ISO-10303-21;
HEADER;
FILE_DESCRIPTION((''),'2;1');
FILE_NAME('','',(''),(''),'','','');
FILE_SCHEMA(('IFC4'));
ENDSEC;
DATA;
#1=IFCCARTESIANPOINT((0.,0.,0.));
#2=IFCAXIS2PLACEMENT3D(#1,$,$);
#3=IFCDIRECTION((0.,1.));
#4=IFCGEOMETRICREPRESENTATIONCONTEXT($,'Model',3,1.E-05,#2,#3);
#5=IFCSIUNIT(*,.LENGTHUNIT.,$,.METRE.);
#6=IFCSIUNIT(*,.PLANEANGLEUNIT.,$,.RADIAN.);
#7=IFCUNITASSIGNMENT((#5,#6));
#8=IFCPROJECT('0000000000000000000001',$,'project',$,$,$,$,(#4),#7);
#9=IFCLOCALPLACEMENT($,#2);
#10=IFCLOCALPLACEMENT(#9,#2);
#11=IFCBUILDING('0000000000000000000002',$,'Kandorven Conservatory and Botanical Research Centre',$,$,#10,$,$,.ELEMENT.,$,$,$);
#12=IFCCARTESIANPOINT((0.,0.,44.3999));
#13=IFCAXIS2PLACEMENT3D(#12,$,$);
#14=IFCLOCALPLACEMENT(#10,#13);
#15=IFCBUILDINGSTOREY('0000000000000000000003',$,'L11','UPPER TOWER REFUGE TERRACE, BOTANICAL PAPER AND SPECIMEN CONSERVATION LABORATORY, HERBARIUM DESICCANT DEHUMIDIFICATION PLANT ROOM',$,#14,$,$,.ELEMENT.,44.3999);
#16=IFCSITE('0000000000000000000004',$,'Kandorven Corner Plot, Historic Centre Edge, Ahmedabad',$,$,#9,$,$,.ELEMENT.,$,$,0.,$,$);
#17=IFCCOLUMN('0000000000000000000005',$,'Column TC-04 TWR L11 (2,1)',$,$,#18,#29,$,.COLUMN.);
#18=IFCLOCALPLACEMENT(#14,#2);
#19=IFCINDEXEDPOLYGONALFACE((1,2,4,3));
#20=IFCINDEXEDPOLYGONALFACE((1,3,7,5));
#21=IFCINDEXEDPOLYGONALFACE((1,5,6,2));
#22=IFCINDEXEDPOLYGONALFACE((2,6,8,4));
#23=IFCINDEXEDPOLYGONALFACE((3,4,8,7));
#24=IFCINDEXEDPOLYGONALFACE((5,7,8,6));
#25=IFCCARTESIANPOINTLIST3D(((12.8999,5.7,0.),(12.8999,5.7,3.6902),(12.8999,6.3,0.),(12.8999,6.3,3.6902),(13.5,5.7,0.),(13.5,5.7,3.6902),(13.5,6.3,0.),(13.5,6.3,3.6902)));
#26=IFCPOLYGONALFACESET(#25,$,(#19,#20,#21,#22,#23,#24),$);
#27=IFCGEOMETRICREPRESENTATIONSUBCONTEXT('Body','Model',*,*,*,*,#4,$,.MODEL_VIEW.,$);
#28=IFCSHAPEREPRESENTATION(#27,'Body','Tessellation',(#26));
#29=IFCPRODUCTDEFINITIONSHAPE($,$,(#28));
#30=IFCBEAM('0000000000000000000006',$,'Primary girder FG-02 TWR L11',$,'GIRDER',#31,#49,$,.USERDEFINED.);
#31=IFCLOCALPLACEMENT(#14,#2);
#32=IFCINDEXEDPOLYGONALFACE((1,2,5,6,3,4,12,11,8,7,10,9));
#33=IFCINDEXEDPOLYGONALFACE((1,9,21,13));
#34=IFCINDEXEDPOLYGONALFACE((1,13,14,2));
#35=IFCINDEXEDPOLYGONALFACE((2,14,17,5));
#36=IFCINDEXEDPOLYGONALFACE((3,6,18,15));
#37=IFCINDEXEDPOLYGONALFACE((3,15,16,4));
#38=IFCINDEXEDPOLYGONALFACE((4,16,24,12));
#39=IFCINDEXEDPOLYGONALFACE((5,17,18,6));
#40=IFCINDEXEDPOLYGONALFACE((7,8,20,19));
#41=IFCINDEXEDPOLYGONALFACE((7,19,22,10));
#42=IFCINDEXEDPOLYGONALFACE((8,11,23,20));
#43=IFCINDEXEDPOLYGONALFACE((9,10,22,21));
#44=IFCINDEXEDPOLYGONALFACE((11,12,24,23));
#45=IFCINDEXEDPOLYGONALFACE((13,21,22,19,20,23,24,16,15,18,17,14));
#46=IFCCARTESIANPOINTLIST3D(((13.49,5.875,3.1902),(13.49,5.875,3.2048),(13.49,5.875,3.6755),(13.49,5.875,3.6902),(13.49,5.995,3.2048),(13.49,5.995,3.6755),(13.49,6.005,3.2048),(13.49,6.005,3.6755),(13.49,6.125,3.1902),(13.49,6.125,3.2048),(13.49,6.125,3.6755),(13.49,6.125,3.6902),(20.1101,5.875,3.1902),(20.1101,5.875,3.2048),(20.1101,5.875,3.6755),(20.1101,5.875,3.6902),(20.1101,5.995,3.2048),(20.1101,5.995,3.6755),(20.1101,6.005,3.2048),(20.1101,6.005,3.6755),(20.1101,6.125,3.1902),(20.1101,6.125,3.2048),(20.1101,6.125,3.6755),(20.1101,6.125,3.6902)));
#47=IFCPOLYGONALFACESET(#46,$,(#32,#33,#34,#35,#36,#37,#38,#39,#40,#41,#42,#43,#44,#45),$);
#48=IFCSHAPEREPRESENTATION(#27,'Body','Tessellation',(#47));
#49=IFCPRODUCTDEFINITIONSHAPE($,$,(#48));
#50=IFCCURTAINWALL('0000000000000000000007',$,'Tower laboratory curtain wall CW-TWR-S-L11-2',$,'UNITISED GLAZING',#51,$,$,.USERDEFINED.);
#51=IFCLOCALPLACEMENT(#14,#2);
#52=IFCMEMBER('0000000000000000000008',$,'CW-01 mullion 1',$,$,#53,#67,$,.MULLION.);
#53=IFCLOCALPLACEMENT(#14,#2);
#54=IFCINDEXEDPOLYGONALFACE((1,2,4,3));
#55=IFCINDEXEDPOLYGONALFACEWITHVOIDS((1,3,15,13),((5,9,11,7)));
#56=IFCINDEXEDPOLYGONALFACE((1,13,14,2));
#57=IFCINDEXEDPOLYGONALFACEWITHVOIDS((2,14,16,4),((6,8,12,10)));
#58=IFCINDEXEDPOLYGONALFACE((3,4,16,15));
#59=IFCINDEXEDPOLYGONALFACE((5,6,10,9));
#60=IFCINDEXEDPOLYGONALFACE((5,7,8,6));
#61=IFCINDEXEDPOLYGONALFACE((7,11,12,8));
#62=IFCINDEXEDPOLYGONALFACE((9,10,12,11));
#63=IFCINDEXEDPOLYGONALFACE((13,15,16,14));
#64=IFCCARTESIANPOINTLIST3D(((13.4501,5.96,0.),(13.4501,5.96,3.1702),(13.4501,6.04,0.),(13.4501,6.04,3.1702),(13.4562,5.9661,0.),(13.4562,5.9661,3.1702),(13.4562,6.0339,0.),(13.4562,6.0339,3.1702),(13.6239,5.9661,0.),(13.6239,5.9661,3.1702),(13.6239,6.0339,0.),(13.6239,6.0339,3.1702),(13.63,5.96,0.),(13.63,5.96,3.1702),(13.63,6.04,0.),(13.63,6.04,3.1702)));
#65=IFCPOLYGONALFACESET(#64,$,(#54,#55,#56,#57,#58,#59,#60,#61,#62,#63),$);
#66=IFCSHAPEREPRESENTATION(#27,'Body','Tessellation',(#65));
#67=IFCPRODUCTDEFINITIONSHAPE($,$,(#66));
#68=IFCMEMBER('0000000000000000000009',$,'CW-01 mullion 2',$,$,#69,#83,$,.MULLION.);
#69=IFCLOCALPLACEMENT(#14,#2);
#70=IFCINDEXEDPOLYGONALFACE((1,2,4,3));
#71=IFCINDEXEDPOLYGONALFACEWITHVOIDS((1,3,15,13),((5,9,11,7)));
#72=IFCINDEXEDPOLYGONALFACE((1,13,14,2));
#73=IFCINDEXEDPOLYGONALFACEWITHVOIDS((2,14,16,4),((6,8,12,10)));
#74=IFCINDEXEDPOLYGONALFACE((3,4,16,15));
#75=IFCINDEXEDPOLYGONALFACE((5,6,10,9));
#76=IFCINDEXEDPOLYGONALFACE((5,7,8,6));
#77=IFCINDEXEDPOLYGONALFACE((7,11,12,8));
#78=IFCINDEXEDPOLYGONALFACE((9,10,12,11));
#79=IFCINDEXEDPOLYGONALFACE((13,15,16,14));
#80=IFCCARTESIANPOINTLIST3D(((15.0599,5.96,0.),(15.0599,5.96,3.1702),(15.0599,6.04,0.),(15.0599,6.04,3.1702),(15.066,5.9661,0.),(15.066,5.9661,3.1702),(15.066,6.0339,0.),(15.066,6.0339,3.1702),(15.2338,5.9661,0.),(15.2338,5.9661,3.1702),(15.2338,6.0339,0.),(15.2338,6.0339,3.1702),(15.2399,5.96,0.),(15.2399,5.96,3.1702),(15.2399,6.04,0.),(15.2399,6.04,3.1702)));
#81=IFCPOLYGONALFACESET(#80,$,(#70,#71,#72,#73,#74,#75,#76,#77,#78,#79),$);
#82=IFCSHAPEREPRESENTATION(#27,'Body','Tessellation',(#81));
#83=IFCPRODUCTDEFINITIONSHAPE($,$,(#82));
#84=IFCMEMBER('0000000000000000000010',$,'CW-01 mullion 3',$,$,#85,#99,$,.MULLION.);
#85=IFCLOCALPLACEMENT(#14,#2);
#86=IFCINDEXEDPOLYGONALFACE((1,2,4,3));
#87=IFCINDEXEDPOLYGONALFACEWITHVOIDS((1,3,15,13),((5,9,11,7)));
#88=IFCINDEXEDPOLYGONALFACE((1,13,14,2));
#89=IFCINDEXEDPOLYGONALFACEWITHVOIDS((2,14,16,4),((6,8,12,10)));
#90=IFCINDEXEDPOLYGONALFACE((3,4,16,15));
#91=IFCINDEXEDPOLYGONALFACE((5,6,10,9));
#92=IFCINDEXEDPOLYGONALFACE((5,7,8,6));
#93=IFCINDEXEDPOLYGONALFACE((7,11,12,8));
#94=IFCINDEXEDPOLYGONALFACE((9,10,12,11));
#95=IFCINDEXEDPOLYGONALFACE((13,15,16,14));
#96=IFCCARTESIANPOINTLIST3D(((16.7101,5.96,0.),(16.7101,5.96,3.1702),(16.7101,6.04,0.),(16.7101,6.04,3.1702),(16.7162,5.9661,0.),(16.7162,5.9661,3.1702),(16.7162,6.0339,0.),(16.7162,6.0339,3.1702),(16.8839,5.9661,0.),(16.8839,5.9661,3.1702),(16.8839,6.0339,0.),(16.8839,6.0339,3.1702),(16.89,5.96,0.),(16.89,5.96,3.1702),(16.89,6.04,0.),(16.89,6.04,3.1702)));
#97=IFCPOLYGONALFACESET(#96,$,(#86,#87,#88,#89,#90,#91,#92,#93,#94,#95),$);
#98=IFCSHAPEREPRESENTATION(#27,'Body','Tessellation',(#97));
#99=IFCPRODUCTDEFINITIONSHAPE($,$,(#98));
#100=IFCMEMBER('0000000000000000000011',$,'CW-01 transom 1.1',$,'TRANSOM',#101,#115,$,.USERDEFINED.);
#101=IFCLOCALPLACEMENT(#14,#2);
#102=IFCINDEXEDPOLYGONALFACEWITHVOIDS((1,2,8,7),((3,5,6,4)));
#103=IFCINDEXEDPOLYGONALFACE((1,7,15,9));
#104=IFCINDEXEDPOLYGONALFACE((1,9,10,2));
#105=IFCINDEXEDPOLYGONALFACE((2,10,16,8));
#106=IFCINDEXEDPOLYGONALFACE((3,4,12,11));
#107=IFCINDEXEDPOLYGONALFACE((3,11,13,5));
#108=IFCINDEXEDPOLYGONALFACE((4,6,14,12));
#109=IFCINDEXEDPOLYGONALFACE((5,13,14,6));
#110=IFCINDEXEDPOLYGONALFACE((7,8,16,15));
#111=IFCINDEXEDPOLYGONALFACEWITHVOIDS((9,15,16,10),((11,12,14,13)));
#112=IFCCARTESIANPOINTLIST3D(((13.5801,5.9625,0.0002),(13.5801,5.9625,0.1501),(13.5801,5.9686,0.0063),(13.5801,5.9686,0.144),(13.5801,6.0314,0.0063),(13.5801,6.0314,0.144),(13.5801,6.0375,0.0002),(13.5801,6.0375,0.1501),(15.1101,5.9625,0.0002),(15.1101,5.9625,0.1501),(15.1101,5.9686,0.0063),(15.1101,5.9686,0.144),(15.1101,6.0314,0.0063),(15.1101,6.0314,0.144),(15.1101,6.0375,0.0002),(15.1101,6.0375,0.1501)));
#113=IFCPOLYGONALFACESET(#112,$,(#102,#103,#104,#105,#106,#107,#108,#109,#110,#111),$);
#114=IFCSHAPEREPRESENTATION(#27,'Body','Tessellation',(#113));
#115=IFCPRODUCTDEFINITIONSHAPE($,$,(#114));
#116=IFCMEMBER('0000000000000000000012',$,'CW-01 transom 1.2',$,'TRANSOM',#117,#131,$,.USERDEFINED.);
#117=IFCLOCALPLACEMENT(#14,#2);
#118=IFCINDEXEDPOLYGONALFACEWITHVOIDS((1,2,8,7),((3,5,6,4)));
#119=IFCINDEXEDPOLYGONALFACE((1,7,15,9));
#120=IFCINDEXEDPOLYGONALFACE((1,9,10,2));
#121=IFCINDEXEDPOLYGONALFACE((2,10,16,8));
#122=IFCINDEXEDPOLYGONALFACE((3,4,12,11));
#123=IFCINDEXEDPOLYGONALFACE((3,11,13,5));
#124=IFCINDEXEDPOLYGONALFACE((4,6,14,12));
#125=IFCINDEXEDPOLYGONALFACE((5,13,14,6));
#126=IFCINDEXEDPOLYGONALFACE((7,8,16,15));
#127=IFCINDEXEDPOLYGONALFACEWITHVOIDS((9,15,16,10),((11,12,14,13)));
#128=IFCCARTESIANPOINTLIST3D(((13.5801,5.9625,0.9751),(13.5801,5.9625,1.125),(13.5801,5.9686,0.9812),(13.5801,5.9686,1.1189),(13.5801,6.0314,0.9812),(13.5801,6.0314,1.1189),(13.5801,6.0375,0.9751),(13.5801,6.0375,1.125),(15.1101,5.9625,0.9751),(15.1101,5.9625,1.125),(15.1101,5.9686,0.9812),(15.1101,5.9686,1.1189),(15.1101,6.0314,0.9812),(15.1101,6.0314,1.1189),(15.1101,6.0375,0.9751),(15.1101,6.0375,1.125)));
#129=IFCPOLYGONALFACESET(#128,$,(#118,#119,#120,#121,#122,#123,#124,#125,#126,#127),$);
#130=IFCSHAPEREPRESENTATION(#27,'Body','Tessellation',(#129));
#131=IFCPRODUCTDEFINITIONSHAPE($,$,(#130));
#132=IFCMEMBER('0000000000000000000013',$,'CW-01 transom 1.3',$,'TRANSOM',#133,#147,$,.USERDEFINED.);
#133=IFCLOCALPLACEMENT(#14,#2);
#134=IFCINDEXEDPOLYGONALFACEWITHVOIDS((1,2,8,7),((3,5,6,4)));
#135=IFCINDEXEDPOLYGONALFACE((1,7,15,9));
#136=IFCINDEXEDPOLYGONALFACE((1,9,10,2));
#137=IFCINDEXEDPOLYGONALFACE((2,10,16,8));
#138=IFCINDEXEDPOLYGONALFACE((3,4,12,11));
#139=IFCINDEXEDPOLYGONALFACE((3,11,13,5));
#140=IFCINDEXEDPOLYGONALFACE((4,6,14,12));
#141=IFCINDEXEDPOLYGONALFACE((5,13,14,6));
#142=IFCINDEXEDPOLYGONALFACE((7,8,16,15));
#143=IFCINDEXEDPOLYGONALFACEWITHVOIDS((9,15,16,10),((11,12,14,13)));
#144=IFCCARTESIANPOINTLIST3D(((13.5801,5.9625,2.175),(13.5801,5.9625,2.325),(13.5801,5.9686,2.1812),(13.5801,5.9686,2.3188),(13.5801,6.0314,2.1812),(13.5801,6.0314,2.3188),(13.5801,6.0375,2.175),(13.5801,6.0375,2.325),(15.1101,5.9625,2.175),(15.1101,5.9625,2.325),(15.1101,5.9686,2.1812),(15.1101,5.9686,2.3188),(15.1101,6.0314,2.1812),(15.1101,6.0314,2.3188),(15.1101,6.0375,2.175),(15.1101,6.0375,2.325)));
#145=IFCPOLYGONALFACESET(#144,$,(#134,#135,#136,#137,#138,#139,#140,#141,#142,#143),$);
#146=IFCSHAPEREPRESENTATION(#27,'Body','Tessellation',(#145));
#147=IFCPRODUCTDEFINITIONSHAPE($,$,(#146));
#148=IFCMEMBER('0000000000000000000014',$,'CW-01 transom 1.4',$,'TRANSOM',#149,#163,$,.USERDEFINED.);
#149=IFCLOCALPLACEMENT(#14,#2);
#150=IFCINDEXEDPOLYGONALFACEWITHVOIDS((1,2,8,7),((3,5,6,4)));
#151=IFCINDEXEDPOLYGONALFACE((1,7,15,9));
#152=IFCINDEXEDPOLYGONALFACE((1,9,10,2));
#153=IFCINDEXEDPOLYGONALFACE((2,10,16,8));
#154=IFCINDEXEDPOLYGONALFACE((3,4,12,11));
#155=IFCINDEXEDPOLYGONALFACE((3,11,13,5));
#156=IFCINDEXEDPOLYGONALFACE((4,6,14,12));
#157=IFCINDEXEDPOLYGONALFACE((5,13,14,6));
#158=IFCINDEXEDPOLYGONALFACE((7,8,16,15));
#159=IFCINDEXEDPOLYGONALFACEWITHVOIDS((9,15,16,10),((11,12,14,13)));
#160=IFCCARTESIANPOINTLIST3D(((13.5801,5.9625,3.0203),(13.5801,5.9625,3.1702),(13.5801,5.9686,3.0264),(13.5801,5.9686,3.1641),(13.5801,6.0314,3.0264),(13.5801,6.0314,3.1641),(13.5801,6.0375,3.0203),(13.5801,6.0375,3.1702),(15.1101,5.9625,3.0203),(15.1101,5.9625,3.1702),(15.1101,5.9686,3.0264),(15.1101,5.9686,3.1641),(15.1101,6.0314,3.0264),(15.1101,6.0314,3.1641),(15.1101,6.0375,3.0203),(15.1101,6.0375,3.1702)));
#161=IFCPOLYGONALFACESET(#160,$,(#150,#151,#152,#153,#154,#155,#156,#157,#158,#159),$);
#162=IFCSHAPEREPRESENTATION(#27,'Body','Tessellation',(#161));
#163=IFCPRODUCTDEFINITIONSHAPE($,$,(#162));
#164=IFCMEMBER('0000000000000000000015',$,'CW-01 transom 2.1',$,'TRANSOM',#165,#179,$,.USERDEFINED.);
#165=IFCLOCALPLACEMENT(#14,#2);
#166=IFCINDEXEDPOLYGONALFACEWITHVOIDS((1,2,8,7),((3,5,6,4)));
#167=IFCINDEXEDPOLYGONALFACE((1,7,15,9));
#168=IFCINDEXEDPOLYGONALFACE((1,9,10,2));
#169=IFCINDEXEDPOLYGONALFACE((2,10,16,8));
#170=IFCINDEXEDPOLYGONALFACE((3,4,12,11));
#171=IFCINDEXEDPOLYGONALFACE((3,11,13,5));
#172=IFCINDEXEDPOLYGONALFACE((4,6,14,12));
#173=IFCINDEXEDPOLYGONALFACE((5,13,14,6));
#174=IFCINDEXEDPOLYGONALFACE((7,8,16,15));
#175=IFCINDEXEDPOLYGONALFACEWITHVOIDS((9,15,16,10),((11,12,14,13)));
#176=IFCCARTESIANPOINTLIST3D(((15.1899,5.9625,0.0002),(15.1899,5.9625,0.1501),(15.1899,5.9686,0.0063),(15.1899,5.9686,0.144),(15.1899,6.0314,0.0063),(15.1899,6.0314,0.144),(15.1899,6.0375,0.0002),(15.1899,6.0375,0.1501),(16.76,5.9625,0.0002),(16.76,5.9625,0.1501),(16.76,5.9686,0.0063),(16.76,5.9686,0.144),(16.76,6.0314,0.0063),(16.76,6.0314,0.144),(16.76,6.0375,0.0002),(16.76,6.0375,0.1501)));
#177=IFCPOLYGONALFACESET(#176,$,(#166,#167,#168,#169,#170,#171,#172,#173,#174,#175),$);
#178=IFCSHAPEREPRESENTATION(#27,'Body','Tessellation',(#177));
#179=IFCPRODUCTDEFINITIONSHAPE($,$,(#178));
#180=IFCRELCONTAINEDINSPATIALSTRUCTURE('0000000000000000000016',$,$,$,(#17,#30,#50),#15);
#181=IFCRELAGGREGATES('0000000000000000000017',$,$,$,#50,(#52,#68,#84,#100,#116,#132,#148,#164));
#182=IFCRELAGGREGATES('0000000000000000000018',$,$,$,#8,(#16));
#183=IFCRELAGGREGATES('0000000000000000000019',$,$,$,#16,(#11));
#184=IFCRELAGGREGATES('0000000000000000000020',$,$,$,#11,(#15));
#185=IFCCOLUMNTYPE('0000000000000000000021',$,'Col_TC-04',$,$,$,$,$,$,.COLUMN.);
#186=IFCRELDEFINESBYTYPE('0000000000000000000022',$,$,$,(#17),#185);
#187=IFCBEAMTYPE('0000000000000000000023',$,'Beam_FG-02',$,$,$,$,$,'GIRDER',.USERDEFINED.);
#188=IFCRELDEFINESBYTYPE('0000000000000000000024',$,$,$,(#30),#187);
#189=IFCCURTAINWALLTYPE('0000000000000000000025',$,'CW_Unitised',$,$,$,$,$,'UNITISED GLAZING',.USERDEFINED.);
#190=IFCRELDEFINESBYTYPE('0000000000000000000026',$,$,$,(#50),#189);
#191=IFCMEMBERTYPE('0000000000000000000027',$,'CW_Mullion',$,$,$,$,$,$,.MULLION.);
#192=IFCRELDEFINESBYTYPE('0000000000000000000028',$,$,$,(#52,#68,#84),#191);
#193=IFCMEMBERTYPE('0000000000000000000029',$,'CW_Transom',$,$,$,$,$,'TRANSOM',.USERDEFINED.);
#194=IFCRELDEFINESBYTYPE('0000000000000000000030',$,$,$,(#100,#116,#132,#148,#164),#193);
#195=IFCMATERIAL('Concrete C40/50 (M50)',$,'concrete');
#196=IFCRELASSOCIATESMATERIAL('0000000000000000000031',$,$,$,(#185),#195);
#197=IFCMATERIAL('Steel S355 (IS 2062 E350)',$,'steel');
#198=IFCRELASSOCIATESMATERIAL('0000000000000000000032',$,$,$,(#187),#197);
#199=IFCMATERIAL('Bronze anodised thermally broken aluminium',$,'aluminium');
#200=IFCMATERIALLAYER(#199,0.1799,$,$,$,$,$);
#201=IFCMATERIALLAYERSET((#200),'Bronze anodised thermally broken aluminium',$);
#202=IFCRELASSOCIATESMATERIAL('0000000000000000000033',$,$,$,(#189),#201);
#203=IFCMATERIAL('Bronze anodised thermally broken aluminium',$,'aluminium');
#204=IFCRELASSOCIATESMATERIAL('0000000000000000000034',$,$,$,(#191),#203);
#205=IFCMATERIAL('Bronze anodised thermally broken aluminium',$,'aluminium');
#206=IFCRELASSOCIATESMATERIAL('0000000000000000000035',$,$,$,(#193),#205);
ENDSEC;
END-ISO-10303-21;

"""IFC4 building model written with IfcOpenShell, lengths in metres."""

from ifc_helpers import new_model, si_unit, direction, frame, origin, origin_2d, place, context, subcontext, project, spatial, rectangle, hollow_rectangle, i_section, extrude, material, layer, layer_set, material_profile, profile_set, type_object, element, aggregate, save


model = new_model("IFC4")

# Units and contexts
model_context = context("Model", 3, precision=1e-05, world=origin(), true_north=direction((0.0, 1.0)))
body_context = subcontext(model_context, "Body", "Model", "MODEL_VIEW")
ifc_project = project(units=[si_unit("LENGTHUNIT", "METRE"), si_unit("PLANEANGLEUNIT", "RADIAN")], contexts=[model_context])

# Site, building, storey
site_placement = place(None, origin())
site = spatial("IfcSite", under=ifc_project, at=site_placement, Name="Kandorven Corner Plot, Historic Centre Edge, Ahmedabad", CompositionType="ELEMENT", RefElevation=0.0)
building_placement = place(site_placement, origin())
building = spatial("IfcBuilding", under=site, at=building_placement, Name="Kandorven Conservatory and Botanical Research Centre", CompositionType="ELEMENT")
storey_placement = place(building_placement, frame((0.0, 0.0, 44.3999)))
storey = spatial("IfcBuildingStorey", under=building, at=storey_placement, Name="L11", Description="UPPER TOWER REFUGE TERRACE, BOTANICAL PAPER AND SPECIMEN CONSERVATION LABORATORY, HERBARIUM DESICCANT DEHUMIDIFICATION PLANT ROOM", CompositionType="ELEMENT", Elevation=44.3999)

# Column
ifc_material_1 = material(Name="Concrete C40/50 (M50)", Category="concrete")
ifc_material_profile_1 = material_profile(ifc_material_1, rectangle(XDim=0.6001, YDim=0.6001, at=origin_2d()))
ifc_profile_set_1 = profile_set([ifc_material_profile_1], Name="Concrete C40/50 (M50)")
column_type = type_object("IfcColumnType", Name="Col_TC-04", PredefinedType="COLUMN", material=ifc_profile_set_1)
column_placement = place(storey_placement, frame((13.2, 6.0, 0.0), z_axis=(0.0, 0.0, 1.0), x_axis=(1.0, 0.0, 0.0)))
element("IfcColumn", 1, at=column_placement, inside=storey, type_object=column_type, Name="Column TC-04 TWR L11 (2,1)", PredefinedType="COLUMN", context=body_context, shape_type="SweptSolid", body=[
    extrude(rectangle(XDim=0.6001, YDim=0.6001, at=origin_2d()), origin(), (0.0, 0.0, 1.0), 3.6902),
])

# Beam
ifc_material_2 = material(Name="Steel S355 (IS 2062 E350)", Category="steel")
ifc_material_profile_2 = material_profile(ifc_material_2, i_section(OverallWidth=0.25, OverallDepth=0.5, WebThickness=0.01, FlangeThickness=0.0146, at=origin_2d()))
ifc_profile_set_2 = profile_set([ifc_material_profile_2], Name="Steel S355 (IS 2062 E350)")
beam_type = type_object("IfcBeamType", Name="Beam_FG-02", ElementType="GIRDER", PredefinedType="USERDEFINED", material=ifc_profile_set_2)
beam_placement = place(storey_placement, frame((13.49, 6.0, 3.4402), z_axis=(1.0, 0.0, 0.0), x_axis=(0.0, 1.0, 0.0)))
element("IfcBeam", 2, at=beam_placement, inside=storey, type_object=beam_type, Name="Primary girder FG-02 TWR L11", ObjectType="GIRDER", PredefinedType="USERDEFINED", context=body_context, shape_type="SweptSolid", body=[
    extrude(i_section(OverallWidth=0.25, OverallDepth=0.5, WebThickness=0.01, FlangeThickness=0.0146, at=origin_2d()), origin(), (0.0, 0.0, 1.0), 6.6201),
])

# Curtain wall, members
ifc_material_3 = material(Name="Bronze anodised thermally broken aluminium", Category="aluminium")
ifc_layer_1 = layer(ifc_material_3, 0.1799)
ifc_layer_set_1 = layer_set([ifc_layer_1], Name="Bronze anodised thermally broken aluminium")
curtain_wall_type = type_object("IfcCurtainWallType", Name="CW_Unitised", ElementType="UNITISED GLAZING", PredefinedType="USERDEFINED", material=ifc_layer_set_1)
curtain_wall_placement = place(storey_placement, origin())
curtain_wall = element("IfcCurtainWall", 3, at=curtain_wall_placement, inside=storey, type_object=curtain_wall_type, Name="Tower laboratory curtain wall CW-TWR-S-L11-2", ObjectType="UNITISED GLAZING", PredefinedType="USERDEFINED")
ifc_material_4 = material(Name="Bronze anodised thermally broken aluminium", Category="aluminium")
ifc_material_profile_3 = material_profile(ifc_material_4, hollow_rectangle(XDim=0.0801, YDim=0.1799, WallThickness=0.0061, at=origin_2d()))
ifc_profile_set_3 = profile_set([ifc_material_profile_3], Name="Bronze anodised thermally broken aluminium")
member_type_1 = type_object("IfcMemberType", Name="CW_Mullion", PredefinedType="MULLION", material=ifc_profile_set_3)
member_1_placement = place(storey_placement, frame((13.54, 6.0, 0.0), z_axis=(0.0, 0.0, 1.0), x_axis=(0.0, 1.0, 0.0)))
member_1 = element("IfcMember", 4, at=member_1_placement, type_object=member_type_1, Name="CW-01 mullion 1", PredefinedType="MULLION", context=body_context, shape_type="SweptSolid", body=[
    extrude(hollow_rectangle(XDim=0.0801, YDim=0.1799, WallThickness=0.0061, at=origin_2d()), origin(), (0.0, 0.0, 1.0), 3.1702),
])
member_2_placement = place(storey_placement, frame((15.1499, 6.0, 0.0), z_axis=(0.0, 0.0, 1.0), x_axis=(0.0, 1.0, 0.0)))
member_2 = element("IfcMember", 5, at=member_2_placement, type_object=member_type_1, Name="CW-01 mullion 2", PredefinedType="MULLION", context=body_context, shape_type="SweptSolid", body=[
    extrude(hollow_rectangle(XDim=0.0801, YDim=0.1799, WallThickness=0.0061, at=origin_2d()), origin(), (0.0, 0.0, 1.0), 3.1702),
])
member_3_placement = place(storey_placement, frame((16.8, 6.0, 0.0), z_axis=(0.0, 0.0, 1.0), x_axis=(0.0, 1.0, 0.0)))
member_3 = element("IfcMember", 6, at=member_3_placement, type_object=member_type_1, Name="CW-01 mullion 3", PredefinedType="MULLION", context=body_context, shape_type="SweptSolid", body=[
    extrude(hollow_rectangle(XDim=0.0801, YDim=0.1799, WallThickness=0.0061, at=origin_2d()), origin(), (0.0, 0.0, 1.0), 3.1702),
])
ifc_material_5 = material(Name="Bronze anodised thermally broken aluminium", Category="aluminium")
ifc_material_profile_4 = material_profile(ifc_material_5, hollow_rectangle(XDim=0.075, YDim=0.1499, WallThickness=0.0061, at=origin_2d()))
ifc_profile_set_4 = profile_set([ifc_material_profile_4], Name="Bronze anodised thermally broken aluminium")
member_type_2 = type_object("IfcMemberType", Name="CW_Transom", ElementType="TRANSOM", PredefinedType="USERDEFINED", material=ifc_profile_set_4)
member_4_placement = place(storey_placement, frame((13.5801, 6.0, 0.0752), z_axis=(1.0, 0.0, 0.0), x_axis=(0.0, 1.0, 0.0)))
member_4 = element("IfcMember", 7, at=member_4_placement, type_object=member_type_2, Name="CW-01 transom 1.1", ObjectType="TRANSOM", PredefinedType="USERDEFINED", context=body_context, shape_type="SweptSolid", body=[
    extrude(hollow_rectangle(XDim=0.075, YDim=0.1499, WallThickness=0.0061, at=origin_2d()), origin(), (0.0, 0.0, 1.0), 1.53),
])
member_5_placement = place(storey_placement, frame((13.5801, 6.0, 1.05), z_axis=(1.0, 0.0, 0.0), x_axis=(0.0, 1.0, 0.0)))
member_5 = element("IfcMember", 8, at=member_5_placement, type_object=member_type_2, Name="CW-01 transom 1.2", ObjectType="TRANSOM", PredefinedType="USERDEFINED", context=body_context, shape_type="SweptSolid", body=[
    extrude(hollow_rectangle(XDim=0.075, YDim=0.1499, WallThickness=0.0061, at=origin_2d()), origin(), (0.0, 0.0, 1.0), 1.53),
])
member_6_placement = place(storey_placement, frame((13.5801, 6.0, 2.25), z_axis=(1.0, 0.0, 0.0), x_axis=(0.0, 1.0, 0.0)))
member_6 = element("IfcMember", 9, at=member_6_placement, type_object=member_type_2, Name="CW-01 transom 1.3", ObjectType="TRANSOM", PredefinedType="USERDEFINED", context=body_context, shape_type="SweptSolid", body=[
    extrude(hollow_rectangle(XDim=0.075, YDim=0.1499, WallThickness=0.0061, at=origin_2d()), origin(), (0.0, 0.0, 1.0), 1.53),
])
member_7_placement = place(storey_placement, frame((13.5801, 6.0, 3.0952), z_axis=(1.0, 0.0, 0.0), x_axis=(0.0, 1.0, 0.0)))
member_7 = element("IfcMember", 10, at=member_7_placement, type_object=member_type_2, Name="CW-01 transom 1.4", ObjectType="TRANSOM", PredefinedType="USERDEFINED", context=body_context, shape_type="SweptSolid", body=[
    extrude(hollow_rectangle(XDim=0.075, YDim=0.1499, WallThickness=0.0061, at=origin_2d()), origin(), (0.0, 0.0, 1.0), 1.53),
])
member_8_placement = place(storey_placement, frame((15.1899, 6.0, 0.0752), z_axis=(1.0, 0.0, 0.0), x_axis=(0.0, 1.0, 0.0)))
member_8 = element("IfcMember", 11, at=member_8_placement, type_object=member_type_2, Name="CW-01 transom 2.1", ObjectType="TRANSOM", PredefinedType="USERDEFINED", context=body_context, shape_type="SweptSolid", body=[
    extrude(hollow_rectangle(XDim=0.075, YDim=0.1499, WallThickness=0.0061, at=origin_2d()), origin(), (0.0, 0.0, 1.0), 1.5701),
])

aggregate(curtain_wall, [member_1, member_2, member_3, member_4, member_5, member_6, member_7, member_8])

save(model, "model.ifc")
